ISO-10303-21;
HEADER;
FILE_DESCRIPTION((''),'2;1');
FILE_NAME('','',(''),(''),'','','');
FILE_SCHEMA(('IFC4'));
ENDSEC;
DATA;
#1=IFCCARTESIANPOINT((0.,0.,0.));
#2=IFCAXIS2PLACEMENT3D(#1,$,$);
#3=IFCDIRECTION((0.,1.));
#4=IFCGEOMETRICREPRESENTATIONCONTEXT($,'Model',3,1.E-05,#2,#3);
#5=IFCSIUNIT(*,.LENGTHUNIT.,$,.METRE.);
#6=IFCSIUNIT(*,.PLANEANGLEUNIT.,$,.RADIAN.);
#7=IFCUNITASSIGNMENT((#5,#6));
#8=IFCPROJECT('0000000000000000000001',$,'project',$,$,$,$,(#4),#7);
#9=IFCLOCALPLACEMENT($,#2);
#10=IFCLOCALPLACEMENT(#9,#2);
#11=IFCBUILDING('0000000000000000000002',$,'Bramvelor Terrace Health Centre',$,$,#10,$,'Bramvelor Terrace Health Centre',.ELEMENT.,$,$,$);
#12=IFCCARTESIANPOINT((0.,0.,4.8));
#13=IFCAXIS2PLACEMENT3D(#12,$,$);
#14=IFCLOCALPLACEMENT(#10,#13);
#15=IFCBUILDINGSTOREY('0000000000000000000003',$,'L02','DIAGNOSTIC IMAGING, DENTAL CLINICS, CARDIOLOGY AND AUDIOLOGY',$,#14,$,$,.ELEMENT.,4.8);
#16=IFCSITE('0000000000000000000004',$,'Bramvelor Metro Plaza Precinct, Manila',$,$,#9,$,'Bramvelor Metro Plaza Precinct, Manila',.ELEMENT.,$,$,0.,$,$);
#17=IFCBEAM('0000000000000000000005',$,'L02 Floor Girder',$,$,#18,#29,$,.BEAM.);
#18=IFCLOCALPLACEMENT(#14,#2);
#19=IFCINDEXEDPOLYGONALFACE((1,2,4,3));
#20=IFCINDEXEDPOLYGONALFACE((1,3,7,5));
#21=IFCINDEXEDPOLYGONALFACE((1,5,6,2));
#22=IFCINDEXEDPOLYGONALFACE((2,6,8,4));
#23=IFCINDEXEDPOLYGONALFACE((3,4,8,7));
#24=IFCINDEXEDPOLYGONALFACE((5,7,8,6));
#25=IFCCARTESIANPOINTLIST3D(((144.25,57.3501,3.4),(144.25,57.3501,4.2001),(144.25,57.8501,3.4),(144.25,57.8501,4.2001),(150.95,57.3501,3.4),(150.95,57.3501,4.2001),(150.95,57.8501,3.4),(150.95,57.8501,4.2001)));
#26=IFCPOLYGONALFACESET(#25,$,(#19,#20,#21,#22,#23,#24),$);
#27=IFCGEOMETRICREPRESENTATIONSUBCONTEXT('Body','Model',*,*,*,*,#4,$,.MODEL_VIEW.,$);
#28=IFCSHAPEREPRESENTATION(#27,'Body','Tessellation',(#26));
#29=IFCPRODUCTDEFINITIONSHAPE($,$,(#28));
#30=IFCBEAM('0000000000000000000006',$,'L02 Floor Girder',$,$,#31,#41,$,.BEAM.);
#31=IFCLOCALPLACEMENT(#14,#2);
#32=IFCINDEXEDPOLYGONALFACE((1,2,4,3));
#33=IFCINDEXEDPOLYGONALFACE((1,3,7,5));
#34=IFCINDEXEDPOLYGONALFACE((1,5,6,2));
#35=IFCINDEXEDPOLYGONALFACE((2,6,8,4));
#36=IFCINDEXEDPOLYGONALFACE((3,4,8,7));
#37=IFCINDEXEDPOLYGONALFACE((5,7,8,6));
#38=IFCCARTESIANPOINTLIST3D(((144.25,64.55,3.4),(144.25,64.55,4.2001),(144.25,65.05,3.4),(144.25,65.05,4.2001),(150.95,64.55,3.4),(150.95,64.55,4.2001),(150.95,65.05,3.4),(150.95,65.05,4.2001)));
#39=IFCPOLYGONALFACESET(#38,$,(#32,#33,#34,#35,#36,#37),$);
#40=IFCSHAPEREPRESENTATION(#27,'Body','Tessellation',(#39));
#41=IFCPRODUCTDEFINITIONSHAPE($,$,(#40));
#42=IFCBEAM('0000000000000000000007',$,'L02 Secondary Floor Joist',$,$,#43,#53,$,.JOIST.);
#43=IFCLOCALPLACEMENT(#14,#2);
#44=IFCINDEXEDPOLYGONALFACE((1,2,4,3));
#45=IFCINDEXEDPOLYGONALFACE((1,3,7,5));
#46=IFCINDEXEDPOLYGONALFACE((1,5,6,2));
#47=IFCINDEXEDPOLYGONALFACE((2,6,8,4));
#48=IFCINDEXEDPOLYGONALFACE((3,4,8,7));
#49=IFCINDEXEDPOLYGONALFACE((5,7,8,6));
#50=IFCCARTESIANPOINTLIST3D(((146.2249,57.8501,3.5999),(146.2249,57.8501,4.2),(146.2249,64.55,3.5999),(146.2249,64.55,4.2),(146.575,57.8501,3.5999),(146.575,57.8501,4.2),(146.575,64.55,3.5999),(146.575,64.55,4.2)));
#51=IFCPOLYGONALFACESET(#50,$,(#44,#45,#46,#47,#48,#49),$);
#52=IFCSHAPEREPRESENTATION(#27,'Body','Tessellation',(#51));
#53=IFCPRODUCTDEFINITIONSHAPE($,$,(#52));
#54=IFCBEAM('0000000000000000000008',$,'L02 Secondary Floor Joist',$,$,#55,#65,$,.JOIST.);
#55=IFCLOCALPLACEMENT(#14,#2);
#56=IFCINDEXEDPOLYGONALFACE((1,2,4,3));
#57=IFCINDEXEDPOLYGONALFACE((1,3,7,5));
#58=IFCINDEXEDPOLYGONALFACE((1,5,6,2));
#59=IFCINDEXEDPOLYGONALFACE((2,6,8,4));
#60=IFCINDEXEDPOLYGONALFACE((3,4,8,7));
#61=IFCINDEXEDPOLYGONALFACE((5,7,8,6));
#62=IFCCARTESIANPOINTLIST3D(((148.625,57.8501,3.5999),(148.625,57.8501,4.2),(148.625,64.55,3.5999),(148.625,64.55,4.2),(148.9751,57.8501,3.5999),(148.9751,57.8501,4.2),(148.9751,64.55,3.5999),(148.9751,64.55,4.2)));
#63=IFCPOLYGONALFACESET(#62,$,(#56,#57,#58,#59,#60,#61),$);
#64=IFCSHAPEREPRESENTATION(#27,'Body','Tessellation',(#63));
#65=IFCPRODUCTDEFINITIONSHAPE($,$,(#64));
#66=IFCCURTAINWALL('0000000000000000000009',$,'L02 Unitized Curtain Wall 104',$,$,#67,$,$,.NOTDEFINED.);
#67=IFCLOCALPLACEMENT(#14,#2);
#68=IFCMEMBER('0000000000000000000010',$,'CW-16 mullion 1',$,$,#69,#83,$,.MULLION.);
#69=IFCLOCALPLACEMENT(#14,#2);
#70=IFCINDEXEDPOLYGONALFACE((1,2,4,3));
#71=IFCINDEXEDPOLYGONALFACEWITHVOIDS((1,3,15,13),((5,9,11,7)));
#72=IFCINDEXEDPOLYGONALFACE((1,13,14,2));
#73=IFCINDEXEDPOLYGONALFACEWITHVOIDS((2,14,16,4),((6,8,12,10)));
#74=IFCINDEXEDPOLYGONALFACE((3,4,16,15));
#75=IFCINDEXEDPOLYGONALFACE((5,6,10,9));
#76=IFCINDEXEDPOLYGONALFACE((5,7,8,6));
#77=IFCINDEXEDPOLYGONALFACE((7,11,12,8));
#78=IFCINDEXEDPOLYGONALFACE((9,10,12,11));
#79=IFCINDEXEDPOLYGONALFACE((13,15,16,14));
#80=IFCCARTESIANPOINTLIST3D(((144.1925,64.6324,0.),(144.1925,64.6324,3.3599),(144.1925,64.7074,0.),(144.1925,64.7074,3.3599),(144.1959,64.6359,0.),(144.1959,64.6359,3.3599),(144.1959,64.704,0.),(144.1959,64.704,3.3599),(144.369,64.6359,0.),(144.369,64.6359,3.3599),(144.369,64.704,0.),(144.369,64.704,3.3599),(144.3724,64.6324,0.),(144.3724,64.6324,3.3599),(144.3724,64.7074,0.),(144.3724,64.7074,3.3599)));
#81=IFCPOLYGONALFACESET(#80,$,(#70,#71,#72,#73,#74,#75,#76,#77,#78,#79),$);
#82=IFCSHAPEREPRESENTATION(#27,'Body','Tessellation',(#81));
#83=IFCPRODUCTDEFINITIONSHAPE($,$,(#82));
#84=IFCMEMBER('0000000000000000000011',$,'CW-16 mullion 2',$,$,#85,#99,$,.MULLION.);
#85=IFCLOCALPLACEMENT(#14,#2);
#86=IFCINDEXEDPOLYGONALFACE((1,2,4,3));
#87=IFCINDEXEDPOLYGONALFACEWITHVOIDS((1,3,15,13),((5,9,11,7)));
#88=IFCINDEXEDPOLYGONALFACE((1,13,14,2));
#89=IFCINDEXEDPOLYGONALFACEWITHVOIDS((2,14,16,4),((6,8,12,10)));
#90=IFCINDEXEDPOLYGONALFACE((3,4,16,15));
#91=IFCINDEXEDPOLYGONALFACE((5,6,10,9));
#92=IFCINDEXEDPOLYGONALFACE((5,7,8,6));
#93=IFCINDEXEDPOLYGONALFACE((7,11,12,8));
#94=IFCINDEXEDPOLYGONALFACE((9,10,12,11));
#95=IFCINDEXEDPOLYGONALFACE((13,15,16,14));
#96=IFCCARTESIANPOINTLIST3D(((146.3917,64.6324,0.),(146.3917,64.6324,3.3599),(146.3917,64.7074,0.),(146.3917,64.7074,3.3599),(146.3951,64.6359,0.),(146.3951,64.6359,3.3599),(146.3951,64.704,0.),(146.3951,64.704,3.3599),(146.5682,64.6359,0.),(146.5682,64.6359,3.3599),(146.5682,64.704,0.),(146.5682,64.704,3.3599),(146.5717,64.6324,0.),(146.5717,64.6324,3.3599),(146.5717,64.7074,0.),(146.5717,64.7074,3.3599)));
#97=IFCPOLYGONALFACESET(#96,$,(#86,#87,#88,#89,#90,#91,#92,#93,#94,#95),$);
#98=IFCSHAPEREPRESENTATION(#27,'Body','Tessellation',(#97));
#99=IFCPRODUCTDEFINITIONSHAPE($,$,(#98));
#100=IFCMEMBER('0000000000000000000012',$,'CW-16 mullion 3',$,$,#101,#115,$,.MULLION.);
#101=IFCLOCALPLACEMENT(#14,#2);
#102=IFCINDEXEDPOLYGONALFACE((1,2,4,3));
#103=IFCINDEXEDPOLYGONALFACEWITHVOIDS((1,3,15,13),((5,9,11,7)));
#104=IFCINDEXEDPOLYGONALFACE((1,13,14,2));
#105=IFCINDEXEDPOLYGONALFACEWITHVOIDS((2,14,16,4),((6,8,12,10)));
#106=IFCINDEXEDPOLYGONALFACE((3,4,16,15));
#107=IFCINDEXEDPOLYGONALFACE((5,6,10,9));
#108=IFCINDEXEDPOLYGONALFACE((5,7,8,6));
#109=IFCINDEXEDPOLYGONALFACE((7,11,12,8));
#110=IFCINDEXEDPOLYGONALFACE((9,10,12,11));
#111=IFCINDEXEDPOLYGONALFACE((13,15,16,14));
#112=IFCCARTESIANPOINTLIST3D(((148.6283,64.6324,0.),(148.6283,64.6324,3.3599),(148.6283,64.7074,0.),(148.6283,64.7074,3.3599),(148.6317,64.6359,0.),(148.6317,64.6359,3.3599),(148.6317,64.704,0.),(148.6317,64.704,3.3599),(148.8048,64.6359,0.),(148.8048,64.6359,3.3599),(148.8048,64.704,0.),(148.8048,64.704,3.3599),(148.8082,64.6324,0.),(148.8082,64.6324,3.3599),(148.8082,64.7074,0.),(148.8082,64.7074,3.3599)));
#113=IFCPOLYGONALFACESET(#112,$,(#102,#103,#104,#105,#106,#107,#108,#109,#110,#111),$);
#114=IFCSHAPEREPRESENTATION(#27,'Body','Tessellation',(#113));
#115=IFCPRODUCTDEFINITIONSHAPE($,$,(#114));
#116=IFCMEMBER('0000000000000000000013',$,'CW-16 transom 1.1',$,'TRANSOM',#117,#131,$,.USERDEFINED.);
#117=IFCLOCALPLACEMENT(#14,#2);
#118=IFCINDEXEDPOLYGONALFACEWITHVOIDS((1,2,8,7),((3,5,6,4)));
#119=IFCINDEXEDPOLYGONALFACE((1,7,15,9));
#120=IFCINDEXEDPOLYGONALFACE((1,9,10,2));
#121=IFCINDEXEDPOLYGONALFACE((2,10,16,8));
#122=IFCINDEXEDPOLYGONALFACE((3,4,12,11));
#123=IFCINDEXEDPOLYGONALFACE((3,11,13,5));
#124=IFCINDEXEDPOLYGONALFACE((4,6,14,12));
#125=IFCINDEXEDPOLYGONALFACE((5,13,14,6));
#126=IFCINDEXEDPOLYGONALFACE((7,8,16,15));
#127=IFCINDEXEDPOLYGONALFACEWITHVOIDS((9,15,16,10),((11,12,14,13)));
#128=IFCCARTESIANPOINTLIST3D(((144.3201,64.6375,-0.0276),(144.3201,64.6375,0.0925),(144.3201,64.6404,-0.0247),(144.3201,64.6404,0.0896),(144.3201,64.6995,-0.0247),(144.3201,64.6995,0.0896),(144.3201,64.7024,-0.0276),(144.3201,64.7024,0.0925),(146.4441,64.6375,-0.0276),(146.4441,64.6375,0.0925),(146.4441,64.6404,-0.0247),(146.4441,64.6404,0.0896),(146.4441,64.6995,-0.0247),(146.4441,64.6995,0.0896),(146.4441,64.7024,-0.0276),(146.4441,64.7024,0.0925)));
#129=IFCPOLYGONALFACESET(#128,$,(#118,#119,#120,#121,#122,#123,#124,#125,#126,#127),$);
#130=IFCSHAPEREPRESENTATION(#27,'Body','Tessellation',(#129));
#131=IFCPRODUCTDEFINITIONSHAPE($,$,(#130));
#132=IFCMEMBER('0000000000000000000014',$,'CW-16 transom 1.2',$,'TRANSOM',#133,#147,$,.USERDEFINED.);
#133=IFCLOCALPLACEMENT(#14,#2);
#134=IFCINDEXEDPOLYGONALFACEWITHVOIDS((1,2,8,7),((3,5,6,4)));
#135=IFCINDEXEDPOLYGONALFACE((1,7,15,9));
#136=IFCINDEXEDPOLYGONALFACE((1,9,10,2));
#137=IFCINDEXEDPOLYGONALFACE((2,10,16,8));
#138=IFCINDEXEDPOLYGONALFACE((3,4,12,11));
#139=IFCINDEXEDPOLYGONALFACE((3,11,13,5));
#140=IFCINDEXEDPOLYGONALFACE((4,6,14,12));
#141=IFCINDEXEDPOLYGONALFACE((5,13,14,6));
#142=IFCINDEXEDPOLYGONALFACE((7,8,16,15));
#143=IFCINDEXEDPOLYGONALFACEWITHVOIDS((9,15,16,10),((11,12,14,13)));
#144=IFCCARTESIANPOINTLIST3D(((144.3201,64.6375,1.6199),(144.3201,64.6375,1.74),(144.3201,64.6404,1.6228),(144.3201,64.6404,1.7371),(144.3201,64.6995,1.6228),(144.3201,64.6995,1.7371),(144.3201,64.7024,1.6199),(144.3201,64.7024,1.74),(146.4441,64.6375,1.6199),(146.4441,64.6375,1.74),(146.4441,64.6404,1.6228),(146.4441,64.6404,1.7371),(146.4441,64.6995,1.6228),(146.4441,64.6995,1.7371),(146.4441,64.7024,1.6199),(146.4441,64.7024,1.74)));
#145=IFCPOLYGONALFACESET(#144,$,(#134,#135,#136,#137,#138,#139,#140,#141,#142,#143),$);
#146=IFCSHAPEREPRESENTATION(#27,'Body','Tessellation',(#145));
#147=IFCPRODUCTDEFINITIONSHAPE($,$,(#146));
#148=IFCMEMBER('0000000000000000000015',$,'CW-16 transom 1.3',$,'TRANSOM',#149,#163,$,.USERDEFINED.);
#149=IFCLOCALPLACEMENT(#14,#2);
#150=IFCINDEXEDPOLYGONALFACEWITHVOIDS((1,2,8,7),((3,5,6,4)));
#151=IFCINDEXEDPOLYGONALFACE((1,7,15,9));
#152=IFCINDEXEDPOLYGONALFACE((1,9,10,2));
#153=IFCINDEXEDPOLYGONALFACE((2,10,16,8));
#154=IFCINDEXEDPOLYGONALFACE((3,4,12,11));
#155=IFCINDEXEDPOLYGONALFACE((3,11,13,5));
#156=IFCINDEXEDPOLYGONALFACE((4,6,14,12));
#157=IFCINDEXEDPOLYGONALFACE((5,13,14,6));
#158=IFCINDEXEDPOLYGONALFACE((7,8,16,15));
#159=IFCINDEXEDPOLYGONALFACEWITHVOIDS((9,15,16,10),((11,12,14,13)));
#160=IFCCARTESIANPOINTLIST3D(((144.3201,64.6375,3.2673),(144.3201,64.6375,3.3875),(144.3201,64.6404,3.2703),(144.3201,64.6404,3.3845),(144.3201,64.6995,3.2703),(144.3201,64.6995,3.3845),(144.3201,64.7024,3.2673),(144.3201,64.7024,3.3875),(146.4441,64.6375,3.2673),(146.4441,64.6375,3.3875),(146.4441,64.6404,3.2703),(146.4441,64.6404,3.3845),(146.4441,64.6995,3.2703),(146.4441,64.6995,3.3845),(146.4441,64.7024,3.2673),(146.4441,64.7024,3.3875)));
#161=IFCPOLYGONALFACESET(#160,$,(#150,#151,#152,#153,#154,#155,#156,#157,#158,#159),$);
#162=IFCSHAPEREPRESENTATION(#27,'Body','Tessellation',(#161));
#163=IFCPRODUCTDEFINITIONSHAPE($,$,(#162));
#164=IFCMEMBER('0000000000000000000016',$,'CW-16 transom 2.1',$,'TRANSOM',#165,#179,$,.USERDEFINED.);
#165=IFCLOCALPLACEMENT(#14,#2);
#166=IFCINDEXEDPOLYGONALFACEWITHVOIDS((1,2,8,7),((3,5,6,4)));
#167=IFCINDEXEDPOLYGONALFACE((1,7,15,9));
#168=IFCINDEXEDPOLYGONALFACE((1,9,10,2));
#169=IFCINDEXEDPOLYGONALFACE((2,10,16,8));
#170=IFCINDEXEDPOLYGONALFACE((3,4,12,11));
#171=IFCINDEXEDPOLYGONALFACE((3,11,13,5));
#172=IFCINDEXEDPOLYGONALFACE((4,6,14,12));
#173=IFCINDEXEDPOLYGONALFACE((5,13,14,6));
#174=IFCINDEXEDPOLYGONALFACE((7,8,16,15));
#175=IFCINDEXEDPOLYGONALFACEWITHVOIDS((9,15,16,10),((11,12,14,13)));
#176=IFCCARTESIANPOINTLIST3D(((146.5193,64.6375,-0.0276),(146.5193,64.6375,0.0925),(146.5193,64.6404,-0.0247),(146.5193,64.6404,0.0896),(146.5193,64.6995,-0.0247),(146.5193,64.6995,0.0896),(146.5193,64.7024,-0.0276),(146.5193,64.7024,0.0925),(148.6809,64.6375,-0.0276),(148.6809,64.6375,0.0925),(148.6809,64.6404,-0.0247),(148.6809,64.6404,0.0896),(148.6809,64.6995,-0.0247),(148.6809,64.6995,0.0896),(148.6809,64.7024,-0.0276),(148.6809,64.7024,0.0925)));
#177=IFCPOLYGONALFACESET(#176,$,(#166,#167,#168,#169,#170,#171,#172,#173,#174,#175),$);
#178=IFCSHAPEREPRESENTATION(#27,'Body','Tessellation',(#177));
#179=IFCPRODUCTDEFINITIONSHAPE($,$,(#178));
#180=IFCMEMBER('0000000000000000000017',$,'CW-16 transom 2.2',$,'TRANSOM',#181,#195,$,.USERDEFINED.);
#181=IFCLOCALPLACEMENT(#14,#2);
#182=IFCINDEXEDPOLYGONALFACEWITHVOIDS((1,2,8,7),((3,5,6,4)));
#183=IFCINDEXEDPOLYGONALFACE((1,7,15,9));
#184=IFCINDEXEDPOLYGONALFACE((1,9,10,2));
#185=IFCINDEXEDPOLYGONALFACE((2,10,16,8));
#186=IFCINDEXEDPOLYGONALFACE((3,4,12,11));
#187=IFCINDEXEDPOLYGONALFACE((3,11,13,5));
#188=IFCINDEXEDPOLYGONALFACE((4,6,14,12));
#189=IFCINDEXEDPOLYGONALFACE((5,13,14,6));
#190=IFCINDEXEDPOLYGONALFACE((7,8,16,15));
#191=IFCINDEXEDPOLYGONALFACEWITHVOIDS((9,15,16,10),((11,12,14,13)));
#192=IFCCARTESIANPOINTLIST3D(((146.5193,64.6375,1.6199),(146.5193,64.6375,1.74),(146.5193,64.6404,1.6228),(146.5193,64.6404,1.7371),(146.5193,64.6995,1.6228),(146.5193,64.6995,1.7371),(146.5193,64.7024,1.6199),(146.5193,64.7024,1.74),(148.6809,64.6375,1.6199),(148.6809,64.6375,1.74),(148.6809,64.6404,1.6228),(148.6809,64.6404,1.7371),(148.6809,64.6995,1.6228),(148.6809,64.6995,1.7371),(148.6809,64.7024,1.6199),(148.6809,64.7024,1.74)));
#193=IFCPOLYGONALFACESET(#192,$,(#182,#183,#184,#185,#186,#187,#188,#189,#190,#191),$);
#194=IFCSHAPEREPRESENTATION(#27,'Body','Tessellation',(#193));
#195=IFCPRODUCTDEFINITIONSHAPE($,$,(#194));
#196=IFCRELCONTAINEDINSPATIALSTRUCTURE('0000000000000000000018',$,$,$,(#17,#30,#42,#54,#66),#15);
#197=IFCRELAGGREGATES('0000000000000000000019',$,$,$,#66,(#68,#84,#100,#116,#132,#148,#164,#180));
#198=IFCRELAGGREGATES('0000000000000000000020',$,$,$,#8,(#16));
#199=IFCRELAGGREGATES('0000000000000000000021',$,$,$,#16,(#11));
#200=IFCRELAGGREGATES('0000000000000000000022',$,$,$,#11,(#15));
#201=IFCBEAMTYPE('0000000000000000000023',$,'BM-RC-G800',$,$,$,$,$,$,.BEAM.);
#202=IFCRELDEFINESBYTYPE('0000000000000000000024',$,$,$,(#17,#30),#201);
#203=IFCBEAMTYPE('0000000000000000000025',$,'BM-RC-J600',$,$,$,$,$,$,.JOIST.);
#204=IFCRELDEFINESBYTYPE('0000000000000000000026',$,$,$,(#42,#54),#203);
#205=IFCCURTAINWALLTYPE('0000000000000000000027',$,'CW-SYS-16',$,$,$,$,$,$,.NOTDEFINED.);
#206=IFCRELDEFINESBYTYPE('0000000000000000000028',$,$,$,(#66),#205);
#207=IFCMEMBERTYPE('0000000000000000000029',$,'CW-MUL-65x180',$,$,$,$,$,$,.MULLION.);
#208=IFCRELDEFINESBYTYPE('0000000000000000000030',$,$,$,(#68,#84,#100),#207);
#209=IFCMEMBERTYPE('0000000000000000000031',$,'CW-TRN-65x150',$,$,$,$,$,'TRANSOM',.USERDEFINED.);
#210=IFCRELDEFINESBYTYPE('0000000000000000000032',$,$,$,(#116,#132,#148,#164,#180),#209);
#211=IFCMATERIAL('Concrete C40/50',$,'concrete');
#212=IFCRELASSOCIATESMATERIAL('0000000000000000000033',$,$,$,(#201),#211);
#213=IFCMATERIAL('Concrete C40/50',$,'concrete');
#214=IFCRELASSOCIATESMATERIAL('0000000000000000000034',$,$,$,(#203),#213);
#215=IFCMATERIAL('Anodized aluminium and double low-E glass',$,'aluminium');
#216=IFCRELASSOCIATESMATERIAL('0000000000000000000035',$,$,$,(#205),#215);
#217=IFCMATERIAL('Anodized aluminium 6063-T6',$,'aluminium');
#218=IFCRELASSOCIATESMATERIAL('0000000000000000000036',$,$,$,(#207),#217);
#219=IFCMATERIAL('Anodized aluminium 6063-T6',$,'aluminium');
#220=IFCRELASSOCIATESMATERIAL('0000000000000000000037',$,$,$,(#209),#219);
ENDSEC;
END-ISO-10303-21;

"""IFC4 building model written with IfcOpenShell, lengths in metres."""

from ifc_helpers import new_model, si_unit, direction, frame, origin, origin_2d, place, context, subcontext, project, spatial, rectangle, hollow_rectangle, extrude, material, material_profile, profile_set, type_object, element, aggregate, save


model = new_model("IFC4")

# Units and contexts
model_context = context("Model", 3, precision=1e-05, world=origin(), true_north=direction((0.0, 1.0)))
body_context = subcontext(model_context, "Body", "Model", "MODEL_VIEW")
ifc_project = project(units=[si_unit("LENGTHUNIT", "METRE"), si_unit("PLANEANGLEUNIT", "RADIAN")], contexts=[model_context])

# Site, building, storey
site_placement = place(None, origin())
site = spatial("IfcSite", under=ifc_project, at=site_placement, Name="Bramvelor Metro Plaza Precinct, Manila", LongName="Bramvelor Metro Plaza Precinct, Manila", CompositionType="ELEMENT", RefElevation=0.0)
building_placement = place(site_placement, origin())
building = spatial("IfcBuilding", under=site, at=building_placement, Name="Bramvelor Terrace Health Centre", LongName="Bramvelor Terrace Health Centre", CompositionType="ELEMENT")
storey_placement = place(building_placement, frame((0.0, 0.0, 4.8)))
storey = spatial("IfcBuildingStorey", under=building, at=storey_placement, Name="L02", Description="DIAGNOSTIC IMAGING, DENTAL CLINICS, CARDIOLOGY AND AUDIOLOGY", CompositionType="ELEMENT", Elevation=4.8)

# Beams
ifc_material_1 = material(Name="Concrete C40/50", Category="concrete")
ifc_material_profile_1 = material_profile(ifc_material_1, rectangle(XDim=0.5, YDim=0.8, at=origin_2d()), Name="RC 500x800")
ifc_profile_set_1 = profile_set([ifc_material_profile_1], Name="Concrete C40/50")
beam_type_1 = type_object("IfcBeamType", Name="BM-RC-G800", PredefinedType="BEAM", material=ifc_profile_set_1)
for number, where, z_axis, x_axis, name in (
    (1, (144.25, 57.6001, 3.8), (1.0, 0.0, 0.0), (0.0, 1.0, 0.0), "L02 Floor Girder"),
    (2, (144.25, 64.8, 3.8), (1.0, 0.0, 0.0), (0.0, 1.0, 0.0), "L02 Floor Girder"),
):
    element("IfcBeam", number, at=place(storey_placement, frame(where, z_axis=z_axis, x_axis=x_axis)), inside=storey, type_object=beam_type_1, Name=name, PredefinedType="BEAM", context=body_context, shape_type="SweptSolid", body=[
        extrude(rectangle(XDim=0.5, YDim=0.8, at=origin_2d()), origin(), (0.0, 0.0, 1.0), 6.7),
    ])
ifc_material_2 = material(Name="Concrete C40/50", Category="concrete")
ifc_material_profile_2 = material_profile(ifc_material_2, rectangle(XDim=0.3501, YDim=0.6001, at=origin_2d()), Name="RC 350x600")
ifc_profile_set_2 = profile_set([ifc_material_profile_2], Name="Concrete C40/50")
beam_type_2 = type_object("IfcBeamType", Name="BM-RC-J600", PredefinedType="JOIST", material=ifc_profile_set_2)
for number, where, z_axis, x_axis, name in (
    (3, (146.3999, 57.8501, 3.8999), (0.0, 1.0, 0.0), (-1.0, 0.0, 0.0), "L02 Secondary Floor Joist"),
    (4, (148.8, 57.8501, 3.8999), (0.0, 1.0, 0.0), (-1.0, 0.0, 0.0), "L02 Secondary Floor Joist"),
):
    element("IfcBeam", number, at=place(storey_placement, frame(where, z_axis=z_axis, x_axis=x_axis)), inside=storey, type_object=beam_type_2, Name=name, PredefinedType="JOIST", context=body_context, shape_type="SweptSolid", body=[
        extrude(rectangle(XDim=0.3501, YDim=0.6001, at=origin_2d()), origin(), (0.0, 0.0, 1.0), 6.7),
    ])

# Curtain wall, members
ifc_material_3 = material(Name="Anodized aluminium and double low-E glass", Category="aluminium")
curtain_wall_type = type_object("IfcCurtainWallType", Name="CW-SYS-16", PredefinedType="NOTDEFINED", material=ifc_material_3)
curtain_wall_placement = place(storey_placement, origin())
curtain_wall = element("IfcCurtainWall", 5, at=curtain_wall_placement, inside=storey, type_object=curtain_wall_type, Name="L02 Unitized Curtain Wall 104", PredefinedType="NOTDEFINED")
ifc_material_4 = material(Name="Anodized aluminium 6063-T6", Category="aluminium")
ifc_material_profile_3 = material_profile(ifc_material_4, hollow_rectangle(XDim=0.075, YDim=0.1799, WallThickness=0.0034, at=origin_2d()), Name="ALU-MUL 75x180x3.5")
ifc_profile_set_3 = profile_set([ifc_material_profile_3], Name="Anodized aluminium 6063-T6")
member_type_1 = type_object("IfcMemberType", Name="CW-MUL-65x180", PredefinedType="MULLION", material=ifc_profile_set_3)
member_1_placement = place(storey_placement, frame((144.2825, 64.6699, 0.0), z_axis=(0.0, 0.0, 1.0), x_axis=(0.0, 1.0, 0.0)))
member_1 = element("IfcMember", 6, at=member_1_placement, type_object=member_type_1, Name="CW-16 mullion 1", PredefinedType="MULLION", context=body_context, shape_type="SweptSolid", body=[
    extrude(hollow_rectangle(XDim=0.075, YDim=0.1799, WallThickness=0.0034, at=origin_2d()), origin(), (0.0, 0.0, 1.0), 3.3599),
])
member_2_placement = place(storey_placement, frame((146.4817, 64.6699, 0.0), z_axis=(0.0, 0.0, 1.0), x_axis=(0.0, 1.0, 0.0)))
member_2 = element("IfcMember", 7, at=member_2_placement, type_object=member_type_1, Name="CW-16 mullion 2", PredefinedType="MULLION", context=body_context, shape_type="SweptSolid", body=[
    extrude(hollow_rectangle(XDim=0.075, YDim=0.1799, WallThickness=0.0034, at=origin_2d()), origin(), (0.0, 0.0, 1.0), 3.3599),
])
member_3_placement = place(storey_placement, frame((148.7183, 64.6699, 0.0), z_axis=(0.0, 0.0, 1.0), x_axis=(0.0, 1.0, 0.0)))
member_3 = element("IfcMember", 8, at=member_3_placement, type_object=member_type_1, Name="CW-16 mullion 3", PredefinedType="MULLION", context=body_context, shape_type="SweptSolid", body=[
    extrude(hollow_rectangle(XDim=0.075, YDim=0.1799, WallThickness=0.0034, at=origin_2d()), origin(), (0.0, 0.0, 1.0), 3.3599),
])
ifc_material_5 = material(Name="Anodized aluminium 6063-T6", Category="aluminium")
ifc_material_profile_4 = material_profile(ifc_material_5, hollow_rectangle(XDim=0.0649, YDim=0.1201, WallThickness=0.0029, at=origin_2d()), Name="ALU-TRN 65x120x3.0")
ifc_profile_set_4 = profile_set([ifc_material_profile_4], Name="Anodized aluminium 6063-T6")
member_type_2 = type_object("IfcMemberType", Name="CW-TRN-65x150", ElementType="TRANSOM", PredefinedType="USERDEFINED", material=ifc_profile_set_4)
member_4_placement = place(storey_placement, frame((144.3201, 64.6699, 0.0325), z_axis=(1.0, 0.0, 0.0), x_axis=(0.0, 1.0, 0.0)))
member_4 = element("IfcMember", 9, at=member_4_placement, type_object=member_type_2, Name="CW-16 transom 1.1", ObjectType="TRANSOM", PredefinedType="USERDEFINED", context=body_context, shape_type="SweptSolid", body=[
    extrude(hollow_rectangle(XDim=0.0649, YDim=0.1201, WallThickness=0.0029, at=origin_2d()), origin(), (0.0, 0.0, 1.0), 2.124),
])
member_5_placement = place(storey_placement, frame((144.3201, 64.6699, 1.6799), z_axis=(1.0, 0.0, 0.0), x_axis=(0.0, 1.0, 0.0)))
member_5 = element("IfcMember", 10, at=member_5_placement, type_object=member_type_2, Name="CW-16 transom 1.2", ObjectType="TRANSOM", PredefinedType="USERDEFINED", context=body_context, shape_type="SweptSolid", body=[
    extrude(hollow_rectangle(XDim=0.0649, YDim=0.1201, WallThickness=0.0029, at=origin_2d()), origin(), (0.0, 0.0, 1.0), 2.124),
])
member_6_placement = place(storey_placement, frame((144.3201, 64.6699, 3.3274), z_axis=(1.0, 0.0, 0.0), x_axis=(0.0, 1.0, 0.0)))
member_6 = element("IfcMember", 11, at=member_6_placement, type_object=member_type_2, Name="CW-16 transom 1.3", ObjectType="TRANSOM", PredefinedType="USERDEFINED", context=body_context, shape_type="SweptSolid", body=[
    extrude(hollow_rectangle(XDim=0.0649, YDim=0.1201, WallThickness=0.0029, at=origin_2d()), origin(), (0.0, 0.0, 1.0), 2.124),
])
member_7_placement = place(storey_placement, frame((146.5193, 64.6699, 0.0325), z_axis=(1.0, 0.0, 0.0), x_axis=(0.0, 1.0, 0.0)))
member_7 = element("IfcMember", 12, at=member_7_placement, type_object=member_type_2, Name="CW-16 transom 2.1", ObjectType="TRANSOM", PredefinedType="USERDEFINED", context=body_context, shape_type="SweptSolid", body=[
    extrude(hollow_rectangle(XDim=0.0649, YDim=0.1201, WallThickness=0.0029, at=origin_2d()), origin(), (0.0, 0.0, 1.0), 2.1616),
])
member_8_placement = place(storey_placement, frame((146.5193, 64.6699, 1.6799), z_axis=(1.0, 0.0, 0.0), x_axis=(0.0, 1.0, 0.0)))
member_8 = element("IfcMember", 13, at=member_8_placement, type_object=member_type_2, Name="CW-16 transom 2.2", ObjectType="TRANSOM", PredefinedType="USERDEFINED", context=body_context, shape_type="SweptSolid", body=[
    extrude(hollow_rectangle(XDim=0.0649, YDim=0.1201, WallThickness=0.0029, at=origin_2d()), origin(), (0.0, 0.0, 1.0), 2.1616),
])
aggregate(curtain_wall, [member_1, member_2, member_3, member_4, member_5, member_6, member_7, member_8])

save(model, "model.ifc")
